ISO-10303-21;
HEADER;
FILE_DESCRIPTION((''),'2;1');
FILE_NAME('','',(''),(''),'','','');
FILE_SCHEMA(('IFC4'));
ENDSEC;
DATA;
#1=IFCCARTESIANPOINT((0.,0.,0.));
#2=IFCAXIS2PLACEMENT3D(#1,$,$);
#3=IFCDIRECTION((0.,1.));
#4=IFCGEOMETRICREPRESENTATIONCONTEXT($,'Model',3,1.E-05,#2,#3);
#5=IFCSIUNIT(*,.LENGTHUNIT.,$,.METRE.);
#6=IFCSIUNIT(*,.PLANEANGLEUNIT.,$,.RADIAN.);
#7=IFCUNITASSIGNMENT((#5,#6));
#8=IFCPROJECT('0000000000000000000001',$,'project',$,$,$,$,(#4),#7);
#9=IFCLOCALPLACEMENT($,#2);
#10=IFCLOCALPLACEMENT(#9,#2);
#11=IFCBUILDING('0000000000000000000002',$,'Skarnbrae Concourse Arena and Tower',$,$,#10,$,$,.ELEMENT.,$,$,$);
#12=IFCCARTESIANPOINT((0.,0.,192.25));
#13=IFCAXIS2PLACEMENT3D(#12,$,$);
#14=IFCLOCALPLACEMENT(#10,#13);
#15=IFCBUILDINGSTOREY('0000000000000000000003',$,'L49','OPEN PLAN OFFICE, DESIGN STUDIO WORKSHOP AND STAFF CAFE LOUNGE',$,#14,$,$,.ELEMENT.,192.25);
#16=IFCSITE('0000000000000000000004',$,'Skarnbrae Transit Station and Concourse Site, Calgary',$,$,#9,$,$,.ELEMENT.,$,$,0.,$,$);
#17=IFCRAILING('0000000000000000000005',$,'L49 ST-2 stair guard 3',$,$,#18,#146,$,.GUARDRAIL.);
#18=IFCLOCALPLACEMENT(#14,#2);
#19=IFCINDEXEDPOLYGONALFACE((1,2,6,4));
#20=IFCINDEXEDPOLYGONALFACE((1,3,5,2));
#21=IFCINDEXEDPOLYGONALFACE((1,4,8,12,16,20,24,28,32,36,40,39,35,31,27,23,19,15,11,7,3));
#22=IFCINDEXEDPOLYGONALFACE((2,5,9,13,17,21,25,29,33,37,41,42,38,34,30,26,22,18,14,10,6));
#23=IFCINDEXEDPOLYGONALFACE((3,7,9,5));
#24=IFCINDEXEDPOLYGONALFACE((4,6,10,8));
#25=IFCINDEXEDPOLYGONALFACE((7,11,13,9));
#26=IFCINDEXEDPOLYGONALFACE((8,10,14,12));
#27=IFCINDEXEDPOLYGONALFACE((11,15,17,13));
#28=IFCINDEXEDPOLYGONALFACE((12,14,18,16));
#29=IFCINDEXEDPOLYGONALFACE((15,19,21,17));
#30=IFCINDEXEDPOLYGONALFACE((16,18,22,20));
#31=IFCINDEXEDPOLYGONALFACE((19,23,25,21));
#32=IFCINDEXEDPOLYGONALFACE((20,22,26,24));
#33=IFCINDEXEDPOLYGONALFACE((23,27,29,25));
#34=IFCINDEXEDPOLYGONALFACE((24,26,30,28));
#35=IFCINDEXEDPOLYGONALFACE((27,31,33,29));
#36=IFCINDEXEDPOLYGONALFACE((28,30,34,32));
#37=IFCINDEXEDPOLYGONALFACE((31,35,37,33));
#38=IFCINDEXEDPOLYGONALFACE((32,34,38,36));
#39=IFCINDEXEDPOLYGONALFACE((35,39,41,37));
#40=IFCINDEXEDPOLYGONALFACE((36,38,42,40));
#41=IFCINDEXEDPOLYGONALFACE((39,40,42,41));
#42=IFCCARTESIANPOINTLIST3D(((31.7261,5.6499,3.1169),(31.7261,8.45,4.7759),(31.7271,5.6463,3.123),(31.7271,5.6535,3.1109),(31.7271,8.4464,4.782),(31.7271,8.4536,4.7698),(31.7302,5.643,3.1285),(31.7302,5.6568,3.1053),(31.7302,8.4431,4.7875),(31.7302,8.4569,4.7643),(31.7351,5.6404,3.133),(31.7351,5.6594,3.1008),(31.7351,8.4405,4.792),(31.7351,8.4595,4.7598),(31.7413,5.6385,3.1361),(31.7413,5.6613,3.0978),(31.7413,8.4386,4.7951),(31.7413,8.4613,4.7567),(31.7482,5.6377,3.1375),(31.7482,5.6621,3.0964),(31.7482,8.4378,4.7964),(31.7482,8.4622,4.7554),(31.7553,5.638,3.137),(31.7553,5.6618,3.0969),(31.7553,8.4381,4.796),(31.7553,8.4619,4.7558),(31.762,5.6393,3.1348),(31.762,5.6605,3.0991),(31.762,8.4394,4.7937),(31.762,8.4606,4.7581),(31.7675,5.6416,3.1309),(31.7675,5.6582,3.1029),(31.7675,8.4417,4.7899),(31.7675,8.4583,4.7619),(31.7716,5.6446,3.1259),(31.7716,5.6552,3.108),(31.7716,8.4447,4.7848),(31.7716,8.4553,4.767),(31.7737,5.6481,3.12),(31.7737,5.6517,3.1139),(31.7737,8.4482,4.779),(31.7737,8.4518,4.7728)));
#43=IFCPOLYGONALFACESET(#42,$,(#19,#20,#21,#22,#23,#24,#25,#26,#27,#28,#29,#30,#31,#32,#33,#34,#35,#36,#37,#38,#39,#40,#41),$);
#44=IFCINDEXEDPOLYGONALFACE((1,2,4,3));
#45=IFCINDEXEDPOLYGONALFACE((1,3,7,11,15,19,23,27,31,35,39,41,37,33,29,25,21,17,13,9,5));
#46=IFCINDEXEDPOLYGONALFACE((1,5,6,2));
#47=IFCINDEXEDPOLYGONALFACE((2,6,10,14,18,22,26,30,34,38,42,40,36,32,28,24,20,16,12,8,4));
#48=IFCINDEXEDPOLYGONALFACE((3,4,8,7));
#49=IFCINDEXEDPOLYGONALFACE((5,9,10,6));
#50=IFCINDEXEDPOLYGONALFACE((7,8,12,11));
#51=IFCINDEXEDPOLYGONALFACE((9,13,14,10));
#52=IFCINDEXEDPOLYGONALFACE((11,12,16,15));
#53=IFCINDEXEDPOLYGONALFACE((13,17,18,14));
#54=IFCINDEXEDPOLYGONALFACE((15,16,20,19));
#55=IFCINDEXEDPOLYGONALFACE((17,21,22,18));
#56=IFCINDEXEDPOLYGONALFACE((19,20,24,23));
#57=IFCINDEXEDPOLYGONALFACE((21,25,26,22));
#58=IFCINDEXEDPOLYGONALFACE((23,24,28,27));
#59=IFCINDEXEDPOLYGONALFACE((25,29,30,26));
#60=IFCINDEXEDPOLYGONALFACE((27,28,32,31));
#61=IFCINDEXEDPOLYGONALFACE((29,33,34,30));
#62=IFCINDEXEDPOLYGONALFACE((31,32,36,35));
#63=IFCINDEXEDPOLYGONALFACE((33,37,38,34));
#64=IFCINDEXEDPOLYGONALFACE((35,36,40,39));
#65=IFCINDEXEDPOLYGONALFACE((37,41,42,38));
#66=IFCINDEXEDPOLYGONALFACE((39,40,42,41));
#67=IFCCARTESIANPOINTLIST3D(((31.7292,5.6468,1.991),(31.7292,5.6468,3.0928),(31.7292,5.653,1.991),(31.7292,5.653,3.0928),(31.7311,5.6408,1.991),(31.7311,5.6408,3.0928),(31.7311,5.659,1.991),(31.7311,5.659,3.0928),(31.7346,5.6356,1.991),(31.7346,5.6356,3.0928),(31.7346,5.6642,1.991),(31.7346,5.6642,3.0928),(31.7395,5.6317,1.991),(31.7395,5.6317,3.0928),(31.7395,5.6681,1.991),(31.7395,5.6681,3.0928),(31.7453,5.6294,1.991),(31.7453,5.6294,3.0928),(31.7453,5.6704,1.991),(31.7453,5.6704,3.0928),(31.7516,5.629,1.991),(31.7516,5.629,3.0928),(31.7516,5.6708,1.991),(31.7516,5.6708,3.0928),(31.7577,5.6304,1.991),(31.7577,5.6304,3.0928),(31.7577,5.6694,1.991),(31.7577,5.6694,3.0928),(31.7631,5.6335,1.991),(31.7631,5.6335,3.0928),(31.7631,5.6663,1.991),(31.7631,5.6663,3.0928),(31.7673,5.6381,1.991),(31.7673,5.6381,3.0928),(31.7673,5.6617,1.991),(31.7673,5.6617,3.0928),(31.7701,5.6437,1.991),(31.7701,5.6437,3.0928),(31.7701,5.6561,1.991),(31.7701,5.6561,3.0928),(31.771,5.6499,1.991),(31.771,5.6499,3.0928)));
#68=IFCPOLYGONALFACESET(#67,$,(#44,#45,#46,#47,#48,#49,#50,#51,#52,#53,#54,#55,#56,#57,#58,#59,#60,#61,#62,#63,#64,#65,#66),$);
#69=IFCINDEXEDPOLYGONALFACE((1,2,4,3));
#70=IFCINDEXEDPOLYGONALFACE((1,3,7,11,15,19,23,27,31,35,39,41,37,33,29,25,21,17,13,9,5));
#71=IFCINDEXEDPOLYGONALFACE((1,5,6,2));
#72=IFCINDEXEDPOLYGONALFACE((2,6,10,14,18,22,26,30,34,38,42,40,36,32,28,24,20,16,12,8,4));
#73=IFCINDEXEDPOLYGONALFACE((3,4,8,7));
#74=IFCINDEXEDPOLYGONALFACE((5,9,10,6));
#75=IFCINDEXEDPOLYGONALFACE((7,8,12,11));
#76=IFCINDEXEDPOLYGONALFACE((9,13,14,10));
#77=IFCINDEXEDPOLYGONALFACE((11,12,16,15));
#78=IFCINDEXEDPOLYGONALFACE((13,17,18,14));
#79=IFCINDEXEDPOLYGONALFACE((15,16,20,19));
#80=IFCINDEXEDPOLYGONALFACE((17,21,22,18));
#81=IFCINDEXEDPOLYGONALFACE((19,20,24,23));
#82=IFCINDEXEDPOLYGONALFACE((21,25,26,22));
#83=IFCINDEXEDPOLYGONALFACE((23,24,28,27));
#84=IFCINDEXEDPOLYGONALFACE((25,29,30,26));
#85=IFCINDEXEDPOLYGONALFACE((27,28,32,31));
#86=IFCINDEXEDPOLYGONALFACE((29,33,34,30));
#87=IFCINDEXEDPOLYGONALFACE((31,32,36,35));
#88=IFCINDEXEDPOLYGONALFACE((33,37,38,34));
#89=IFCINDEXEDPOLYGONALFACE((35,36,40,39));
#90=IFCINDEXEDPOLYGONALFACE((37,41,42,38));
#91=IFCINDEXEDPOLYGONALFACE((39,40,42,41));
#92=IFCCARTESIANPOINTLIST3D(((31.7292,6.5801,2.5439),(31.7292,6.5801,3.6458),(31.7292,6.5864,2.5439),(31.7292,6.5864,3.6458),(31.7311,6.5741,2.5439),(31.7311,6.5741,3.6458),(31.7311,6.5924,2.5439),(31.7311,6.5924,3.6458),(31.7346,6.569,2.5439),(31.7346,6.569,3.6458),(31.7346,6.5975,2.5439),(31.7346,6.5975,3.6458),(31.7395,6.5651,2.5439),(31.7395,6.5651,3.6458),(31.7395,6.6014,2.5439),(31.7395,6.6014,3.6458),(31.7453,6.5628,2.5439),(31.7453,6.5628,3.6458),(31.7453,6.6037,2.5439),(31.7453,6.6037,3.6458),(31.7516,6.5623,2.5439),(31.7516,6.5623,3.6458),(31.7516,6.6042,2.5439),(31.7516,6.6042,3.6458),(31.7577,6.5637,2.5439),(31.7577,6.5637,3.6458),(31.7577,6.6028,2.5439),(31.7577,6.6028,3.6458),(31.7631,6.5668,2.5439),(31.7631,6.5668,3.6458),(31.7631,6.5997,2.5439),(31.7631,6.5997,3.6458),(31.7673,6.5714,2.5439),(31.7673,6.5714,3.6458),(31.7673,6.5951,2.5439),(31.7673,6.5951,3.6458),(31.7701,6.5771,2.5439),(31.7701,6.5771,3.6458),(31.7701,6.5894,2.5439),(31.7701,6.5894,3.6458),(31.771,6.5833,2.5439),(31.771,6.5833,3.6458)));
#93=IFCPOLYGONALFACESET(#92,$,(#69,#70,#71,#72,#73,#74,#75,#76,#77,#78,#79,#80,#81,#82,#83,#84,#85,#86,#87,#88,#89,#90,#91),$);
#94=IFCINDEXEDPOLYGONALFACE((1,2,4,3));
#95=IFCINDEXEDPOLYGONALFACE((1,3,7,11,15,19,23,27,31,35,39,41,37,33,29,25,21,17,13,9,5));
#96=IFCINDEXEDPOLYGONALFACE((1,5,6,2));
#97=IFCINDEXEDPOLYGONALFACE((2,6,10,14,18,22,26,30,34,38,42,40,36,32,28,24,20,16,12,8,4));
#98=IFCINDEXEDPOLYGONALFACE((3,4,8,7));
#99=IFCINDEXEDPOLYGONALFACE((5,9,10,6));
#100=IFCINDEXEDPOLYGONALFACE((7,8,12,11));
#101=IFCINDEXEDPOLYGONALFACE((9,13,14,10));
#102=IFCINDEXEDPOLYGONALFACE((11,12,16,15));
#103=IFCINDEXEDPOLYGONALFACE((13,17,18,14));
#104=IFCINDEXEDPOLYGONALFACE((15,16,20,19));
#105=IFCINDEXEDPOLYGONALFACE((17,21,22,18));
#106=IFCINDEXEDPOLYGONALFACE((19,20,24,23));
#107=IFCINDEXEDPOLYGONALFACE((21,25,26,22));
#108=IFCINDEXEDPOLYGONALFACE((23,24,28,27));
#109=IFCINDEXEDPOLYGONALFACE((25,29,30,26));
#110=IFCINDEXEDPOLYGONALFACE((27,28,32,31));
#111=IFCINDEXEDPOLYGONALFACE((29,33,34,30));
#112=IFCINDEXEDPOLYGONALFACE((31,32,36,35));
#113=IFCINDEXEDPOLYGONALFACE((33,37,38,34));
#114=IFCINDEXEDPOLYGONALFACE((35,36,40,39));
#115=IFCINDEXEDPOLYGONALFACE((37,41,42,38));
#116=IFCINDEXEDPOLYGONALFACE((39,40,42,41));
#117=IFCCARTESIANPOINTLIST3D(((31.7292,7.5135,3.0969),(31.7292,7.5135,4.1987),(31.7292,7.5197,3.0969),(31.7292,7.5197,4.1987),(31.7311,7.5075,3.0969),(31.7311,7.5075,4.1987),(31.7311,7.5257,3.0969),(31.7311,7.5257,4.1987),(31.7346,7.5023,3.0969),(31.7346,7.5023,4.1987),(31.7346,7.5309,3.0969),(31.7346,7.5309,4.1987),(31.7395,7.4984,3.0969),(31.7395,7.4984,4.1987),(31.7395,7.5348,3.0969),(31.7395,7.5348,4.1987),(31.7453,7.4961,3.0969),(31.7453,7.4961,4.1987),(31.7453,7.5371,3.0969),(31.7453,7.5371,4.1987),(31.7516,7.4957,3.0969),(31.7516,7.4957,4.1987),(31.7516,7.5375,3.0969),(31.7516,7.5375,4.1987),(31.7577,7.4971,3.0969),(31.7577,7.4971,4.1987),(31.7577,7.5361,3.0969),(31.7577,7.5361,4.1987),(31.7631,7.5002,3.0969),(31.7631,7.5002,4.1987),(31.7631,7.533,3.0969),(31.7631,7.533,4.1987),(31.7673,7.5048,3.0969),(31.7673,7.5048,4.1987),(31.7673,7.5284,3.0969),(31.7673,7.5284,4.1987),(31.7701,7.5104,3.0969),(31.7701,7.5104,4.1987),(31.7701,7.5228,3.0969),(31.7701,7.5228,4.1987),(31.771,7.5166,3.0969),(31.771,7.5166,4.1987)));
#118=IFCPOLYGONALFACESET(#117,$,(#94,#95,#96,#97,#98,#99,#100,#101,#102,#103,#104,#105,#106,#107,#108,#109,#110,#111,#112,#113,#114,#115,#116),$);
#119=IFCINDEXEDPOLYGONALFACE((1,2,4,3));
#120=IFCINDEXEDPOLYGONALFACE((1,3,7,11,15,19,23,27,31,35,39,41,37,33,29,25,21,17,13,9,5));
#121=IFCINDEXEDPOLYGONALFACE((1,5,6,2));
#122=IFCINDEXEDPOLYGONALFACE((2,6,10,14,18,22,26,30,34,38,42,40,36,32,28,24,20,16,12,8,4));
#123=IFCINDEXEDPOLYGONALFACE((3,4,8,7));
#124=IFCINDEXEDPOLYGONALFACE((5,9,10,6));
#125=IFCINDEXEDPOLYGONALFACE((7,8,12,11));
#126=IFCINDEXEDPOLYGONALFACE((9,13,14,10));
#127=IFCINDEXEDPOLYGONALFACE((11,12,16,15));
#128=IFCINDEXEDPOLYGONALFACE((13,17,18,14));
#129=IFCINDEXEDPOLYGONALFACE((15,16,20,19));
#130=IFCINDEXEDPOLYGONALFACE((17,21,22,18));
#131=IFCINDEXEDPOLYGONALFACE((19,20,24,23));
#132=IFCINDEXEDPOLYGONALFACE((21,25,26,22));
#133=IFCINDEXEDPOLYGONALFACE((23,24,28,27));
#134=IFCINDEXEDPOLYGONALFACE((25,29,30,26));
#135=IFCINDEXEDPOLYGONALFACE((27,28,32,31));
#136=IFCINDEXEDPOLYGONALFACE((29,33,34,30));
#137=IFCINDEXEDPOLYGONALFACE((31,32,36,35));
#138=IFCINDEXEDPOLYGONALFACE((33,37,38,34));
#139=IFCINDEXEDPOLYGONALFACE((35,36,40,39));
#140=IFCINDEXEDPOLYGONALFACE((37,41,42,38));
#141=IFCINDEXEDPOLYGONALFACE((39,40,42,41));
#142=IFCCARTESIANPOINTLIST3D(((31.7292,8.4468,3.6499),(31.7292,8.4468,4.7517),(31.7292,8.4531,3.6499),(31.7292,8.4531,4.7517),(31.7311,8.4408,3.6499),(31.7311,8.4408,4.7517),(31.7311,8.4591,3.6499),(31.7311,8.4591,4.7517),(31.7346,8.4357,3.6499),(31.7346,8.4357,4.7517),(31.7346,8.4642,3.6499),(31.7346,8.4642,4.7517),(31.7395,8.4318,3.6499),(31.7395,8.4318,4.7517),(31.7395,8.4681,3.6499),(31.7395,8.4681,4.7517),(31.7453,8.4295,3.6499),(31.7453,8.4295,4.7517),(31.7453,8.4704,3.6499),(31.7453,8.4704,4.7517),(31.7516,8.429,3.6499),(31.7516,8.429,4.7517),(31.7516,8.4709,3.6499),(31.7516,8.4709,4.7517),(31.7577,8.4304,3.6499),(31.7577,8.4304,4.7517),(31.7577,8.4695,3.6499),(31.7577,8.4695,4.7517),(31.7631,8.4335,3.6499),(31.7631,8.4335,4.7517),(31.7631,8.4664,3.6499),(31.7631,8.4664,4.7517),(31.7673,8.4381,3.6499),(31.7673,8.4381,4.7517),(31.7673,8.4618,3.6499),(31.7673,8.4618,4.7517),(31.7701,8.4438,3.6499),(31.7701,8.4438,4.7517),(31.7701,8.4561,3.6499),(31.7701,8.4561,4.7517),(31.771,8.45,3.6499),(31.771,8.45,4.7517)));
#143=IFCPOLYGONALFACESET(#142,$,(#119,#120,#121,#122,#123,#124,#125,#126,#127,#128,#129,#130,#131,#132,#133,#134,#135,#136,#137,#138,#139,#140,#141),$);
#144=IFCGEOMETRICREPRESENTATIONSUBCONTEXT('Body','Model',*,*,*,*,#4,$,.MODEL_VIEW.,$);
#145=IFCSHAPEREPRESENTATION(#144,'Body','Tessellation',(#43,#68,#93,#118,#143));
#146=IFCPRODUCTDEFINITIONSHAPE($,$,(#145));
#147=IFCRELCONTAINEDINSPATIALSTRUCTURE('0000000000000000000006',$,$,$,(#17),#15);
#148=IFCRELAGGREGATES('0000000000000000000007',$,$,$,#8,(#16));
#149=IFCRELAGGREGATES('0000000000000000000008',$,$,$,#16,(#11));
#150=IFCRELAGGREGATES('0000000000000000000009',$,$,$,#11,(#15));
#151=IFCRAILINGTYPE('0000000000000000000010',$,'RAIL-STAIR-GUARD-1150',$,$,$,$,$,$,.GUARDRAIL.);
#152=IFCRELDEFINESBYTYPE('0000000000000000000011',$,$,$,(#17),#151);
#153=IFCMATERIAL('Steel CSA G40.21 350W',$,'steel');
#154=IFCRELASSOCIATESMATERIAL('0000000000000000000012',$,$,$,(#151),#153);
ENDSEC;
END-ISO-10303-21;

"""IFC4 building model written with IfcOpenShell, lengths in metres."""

from ifc_helpers import new_model, si_unit, direction, frame, origin, origin_2d, place, context, subcontext, project, spatial, circle, extrude, material, type_object, element, save


model = new_model("IFC4")

# Units and contexts
model_context = context("Model", 3, precision=1e-05, world=origin(), true_north=direction((0.0, 1.0)))
body_context = subcontext(model_context, "Body", "Model", "MODEL_VIEW")
ifc_project = project(units=[si_unit("LENGTHUNIT", "METRE"), si_unit("PLANEANGLEUNIT", "RADIAN")], contexts=[model_context])

# Site, building, storey
site_placement = place(None, origin())
site = spatial("IfcSite", under=ifc_project, at=site_placement, Name="Skarnbrae Transit Station and Concourse Site, Calgary", CompositionType="ELEMENT", RefElevation=0.0)
building_placement = place(site_placement, origin())
building = spatial("IfcBuilding", under=site, at=building_placement, Name="Skarnbrae Concourse Arena and Tower", CompositionType="ELEMENT")
storey_placement = place(building_placement, frame((0.0, 0.0, 192.25)))
storey = spatial("IfcBuildingStorey", under=building, at=storey_placement, Name="L49", Description="OPEN PLAN OFFICE, DESIGN STUDIO WORKSHOP AND STAFF CAFE LOUNGE", CompositionType="ELEMENT", Elevation=192.25)

# Shared definitions
ifc_material_1 = material(Name="Steel CSA G40.21 350W", Category="steel")

# Railing
railing_type_1 = type_object("IfcRailingType", Name="RAIL-STAIR-GUARD-1150", PredefinedType="GUARDRAIL", material=ifc_material_1)
railing_1_placement = place(storey_placement, frame((31.75, 5.6499, 1.991)))
element("IfcRailing", 1, at=railing_1_placement, inside=storey, type_object=railing_type_1, Name="L49 ST-2 stair guard 3", PredefinedType="GUARDRAIL", context=body_context, shape_type="SweptSolid", body=[
    extrude(circle(Radius=0.0239, at=origin_2d()), frame((0.0, 0.0, 1.126), z_axis=(0.0, 0.860339, 0.509722), x_axis=(-1.0, 0.0, 0.0)), (0.0, 0.0, 1.0), 3.2546),
    extrude(circle(Radius=0.021, at=origin_2d()), origin(), (0.0, 0.0, 1.0), 1.1018),
    extrude(circle(Radius=0.021, at=origin_2d()), frame((0.0, 0.9333, 0.553)), (0.0, 0.0, 1.0), 1.1018),
    extrude(circle(Radius=0.021, at=origin_2d()), frame((0.0, 1.8667, 1.106)), (0.0, 0.0, 1.0), 1.1018),
    extrude(circle(Radius=0.021, at=origin_2d()), frame((0.0, 2.8, 1.6589)), (0.0, 0.0, 1.0), 1.1018),
])

save(model, "model.ifc")
